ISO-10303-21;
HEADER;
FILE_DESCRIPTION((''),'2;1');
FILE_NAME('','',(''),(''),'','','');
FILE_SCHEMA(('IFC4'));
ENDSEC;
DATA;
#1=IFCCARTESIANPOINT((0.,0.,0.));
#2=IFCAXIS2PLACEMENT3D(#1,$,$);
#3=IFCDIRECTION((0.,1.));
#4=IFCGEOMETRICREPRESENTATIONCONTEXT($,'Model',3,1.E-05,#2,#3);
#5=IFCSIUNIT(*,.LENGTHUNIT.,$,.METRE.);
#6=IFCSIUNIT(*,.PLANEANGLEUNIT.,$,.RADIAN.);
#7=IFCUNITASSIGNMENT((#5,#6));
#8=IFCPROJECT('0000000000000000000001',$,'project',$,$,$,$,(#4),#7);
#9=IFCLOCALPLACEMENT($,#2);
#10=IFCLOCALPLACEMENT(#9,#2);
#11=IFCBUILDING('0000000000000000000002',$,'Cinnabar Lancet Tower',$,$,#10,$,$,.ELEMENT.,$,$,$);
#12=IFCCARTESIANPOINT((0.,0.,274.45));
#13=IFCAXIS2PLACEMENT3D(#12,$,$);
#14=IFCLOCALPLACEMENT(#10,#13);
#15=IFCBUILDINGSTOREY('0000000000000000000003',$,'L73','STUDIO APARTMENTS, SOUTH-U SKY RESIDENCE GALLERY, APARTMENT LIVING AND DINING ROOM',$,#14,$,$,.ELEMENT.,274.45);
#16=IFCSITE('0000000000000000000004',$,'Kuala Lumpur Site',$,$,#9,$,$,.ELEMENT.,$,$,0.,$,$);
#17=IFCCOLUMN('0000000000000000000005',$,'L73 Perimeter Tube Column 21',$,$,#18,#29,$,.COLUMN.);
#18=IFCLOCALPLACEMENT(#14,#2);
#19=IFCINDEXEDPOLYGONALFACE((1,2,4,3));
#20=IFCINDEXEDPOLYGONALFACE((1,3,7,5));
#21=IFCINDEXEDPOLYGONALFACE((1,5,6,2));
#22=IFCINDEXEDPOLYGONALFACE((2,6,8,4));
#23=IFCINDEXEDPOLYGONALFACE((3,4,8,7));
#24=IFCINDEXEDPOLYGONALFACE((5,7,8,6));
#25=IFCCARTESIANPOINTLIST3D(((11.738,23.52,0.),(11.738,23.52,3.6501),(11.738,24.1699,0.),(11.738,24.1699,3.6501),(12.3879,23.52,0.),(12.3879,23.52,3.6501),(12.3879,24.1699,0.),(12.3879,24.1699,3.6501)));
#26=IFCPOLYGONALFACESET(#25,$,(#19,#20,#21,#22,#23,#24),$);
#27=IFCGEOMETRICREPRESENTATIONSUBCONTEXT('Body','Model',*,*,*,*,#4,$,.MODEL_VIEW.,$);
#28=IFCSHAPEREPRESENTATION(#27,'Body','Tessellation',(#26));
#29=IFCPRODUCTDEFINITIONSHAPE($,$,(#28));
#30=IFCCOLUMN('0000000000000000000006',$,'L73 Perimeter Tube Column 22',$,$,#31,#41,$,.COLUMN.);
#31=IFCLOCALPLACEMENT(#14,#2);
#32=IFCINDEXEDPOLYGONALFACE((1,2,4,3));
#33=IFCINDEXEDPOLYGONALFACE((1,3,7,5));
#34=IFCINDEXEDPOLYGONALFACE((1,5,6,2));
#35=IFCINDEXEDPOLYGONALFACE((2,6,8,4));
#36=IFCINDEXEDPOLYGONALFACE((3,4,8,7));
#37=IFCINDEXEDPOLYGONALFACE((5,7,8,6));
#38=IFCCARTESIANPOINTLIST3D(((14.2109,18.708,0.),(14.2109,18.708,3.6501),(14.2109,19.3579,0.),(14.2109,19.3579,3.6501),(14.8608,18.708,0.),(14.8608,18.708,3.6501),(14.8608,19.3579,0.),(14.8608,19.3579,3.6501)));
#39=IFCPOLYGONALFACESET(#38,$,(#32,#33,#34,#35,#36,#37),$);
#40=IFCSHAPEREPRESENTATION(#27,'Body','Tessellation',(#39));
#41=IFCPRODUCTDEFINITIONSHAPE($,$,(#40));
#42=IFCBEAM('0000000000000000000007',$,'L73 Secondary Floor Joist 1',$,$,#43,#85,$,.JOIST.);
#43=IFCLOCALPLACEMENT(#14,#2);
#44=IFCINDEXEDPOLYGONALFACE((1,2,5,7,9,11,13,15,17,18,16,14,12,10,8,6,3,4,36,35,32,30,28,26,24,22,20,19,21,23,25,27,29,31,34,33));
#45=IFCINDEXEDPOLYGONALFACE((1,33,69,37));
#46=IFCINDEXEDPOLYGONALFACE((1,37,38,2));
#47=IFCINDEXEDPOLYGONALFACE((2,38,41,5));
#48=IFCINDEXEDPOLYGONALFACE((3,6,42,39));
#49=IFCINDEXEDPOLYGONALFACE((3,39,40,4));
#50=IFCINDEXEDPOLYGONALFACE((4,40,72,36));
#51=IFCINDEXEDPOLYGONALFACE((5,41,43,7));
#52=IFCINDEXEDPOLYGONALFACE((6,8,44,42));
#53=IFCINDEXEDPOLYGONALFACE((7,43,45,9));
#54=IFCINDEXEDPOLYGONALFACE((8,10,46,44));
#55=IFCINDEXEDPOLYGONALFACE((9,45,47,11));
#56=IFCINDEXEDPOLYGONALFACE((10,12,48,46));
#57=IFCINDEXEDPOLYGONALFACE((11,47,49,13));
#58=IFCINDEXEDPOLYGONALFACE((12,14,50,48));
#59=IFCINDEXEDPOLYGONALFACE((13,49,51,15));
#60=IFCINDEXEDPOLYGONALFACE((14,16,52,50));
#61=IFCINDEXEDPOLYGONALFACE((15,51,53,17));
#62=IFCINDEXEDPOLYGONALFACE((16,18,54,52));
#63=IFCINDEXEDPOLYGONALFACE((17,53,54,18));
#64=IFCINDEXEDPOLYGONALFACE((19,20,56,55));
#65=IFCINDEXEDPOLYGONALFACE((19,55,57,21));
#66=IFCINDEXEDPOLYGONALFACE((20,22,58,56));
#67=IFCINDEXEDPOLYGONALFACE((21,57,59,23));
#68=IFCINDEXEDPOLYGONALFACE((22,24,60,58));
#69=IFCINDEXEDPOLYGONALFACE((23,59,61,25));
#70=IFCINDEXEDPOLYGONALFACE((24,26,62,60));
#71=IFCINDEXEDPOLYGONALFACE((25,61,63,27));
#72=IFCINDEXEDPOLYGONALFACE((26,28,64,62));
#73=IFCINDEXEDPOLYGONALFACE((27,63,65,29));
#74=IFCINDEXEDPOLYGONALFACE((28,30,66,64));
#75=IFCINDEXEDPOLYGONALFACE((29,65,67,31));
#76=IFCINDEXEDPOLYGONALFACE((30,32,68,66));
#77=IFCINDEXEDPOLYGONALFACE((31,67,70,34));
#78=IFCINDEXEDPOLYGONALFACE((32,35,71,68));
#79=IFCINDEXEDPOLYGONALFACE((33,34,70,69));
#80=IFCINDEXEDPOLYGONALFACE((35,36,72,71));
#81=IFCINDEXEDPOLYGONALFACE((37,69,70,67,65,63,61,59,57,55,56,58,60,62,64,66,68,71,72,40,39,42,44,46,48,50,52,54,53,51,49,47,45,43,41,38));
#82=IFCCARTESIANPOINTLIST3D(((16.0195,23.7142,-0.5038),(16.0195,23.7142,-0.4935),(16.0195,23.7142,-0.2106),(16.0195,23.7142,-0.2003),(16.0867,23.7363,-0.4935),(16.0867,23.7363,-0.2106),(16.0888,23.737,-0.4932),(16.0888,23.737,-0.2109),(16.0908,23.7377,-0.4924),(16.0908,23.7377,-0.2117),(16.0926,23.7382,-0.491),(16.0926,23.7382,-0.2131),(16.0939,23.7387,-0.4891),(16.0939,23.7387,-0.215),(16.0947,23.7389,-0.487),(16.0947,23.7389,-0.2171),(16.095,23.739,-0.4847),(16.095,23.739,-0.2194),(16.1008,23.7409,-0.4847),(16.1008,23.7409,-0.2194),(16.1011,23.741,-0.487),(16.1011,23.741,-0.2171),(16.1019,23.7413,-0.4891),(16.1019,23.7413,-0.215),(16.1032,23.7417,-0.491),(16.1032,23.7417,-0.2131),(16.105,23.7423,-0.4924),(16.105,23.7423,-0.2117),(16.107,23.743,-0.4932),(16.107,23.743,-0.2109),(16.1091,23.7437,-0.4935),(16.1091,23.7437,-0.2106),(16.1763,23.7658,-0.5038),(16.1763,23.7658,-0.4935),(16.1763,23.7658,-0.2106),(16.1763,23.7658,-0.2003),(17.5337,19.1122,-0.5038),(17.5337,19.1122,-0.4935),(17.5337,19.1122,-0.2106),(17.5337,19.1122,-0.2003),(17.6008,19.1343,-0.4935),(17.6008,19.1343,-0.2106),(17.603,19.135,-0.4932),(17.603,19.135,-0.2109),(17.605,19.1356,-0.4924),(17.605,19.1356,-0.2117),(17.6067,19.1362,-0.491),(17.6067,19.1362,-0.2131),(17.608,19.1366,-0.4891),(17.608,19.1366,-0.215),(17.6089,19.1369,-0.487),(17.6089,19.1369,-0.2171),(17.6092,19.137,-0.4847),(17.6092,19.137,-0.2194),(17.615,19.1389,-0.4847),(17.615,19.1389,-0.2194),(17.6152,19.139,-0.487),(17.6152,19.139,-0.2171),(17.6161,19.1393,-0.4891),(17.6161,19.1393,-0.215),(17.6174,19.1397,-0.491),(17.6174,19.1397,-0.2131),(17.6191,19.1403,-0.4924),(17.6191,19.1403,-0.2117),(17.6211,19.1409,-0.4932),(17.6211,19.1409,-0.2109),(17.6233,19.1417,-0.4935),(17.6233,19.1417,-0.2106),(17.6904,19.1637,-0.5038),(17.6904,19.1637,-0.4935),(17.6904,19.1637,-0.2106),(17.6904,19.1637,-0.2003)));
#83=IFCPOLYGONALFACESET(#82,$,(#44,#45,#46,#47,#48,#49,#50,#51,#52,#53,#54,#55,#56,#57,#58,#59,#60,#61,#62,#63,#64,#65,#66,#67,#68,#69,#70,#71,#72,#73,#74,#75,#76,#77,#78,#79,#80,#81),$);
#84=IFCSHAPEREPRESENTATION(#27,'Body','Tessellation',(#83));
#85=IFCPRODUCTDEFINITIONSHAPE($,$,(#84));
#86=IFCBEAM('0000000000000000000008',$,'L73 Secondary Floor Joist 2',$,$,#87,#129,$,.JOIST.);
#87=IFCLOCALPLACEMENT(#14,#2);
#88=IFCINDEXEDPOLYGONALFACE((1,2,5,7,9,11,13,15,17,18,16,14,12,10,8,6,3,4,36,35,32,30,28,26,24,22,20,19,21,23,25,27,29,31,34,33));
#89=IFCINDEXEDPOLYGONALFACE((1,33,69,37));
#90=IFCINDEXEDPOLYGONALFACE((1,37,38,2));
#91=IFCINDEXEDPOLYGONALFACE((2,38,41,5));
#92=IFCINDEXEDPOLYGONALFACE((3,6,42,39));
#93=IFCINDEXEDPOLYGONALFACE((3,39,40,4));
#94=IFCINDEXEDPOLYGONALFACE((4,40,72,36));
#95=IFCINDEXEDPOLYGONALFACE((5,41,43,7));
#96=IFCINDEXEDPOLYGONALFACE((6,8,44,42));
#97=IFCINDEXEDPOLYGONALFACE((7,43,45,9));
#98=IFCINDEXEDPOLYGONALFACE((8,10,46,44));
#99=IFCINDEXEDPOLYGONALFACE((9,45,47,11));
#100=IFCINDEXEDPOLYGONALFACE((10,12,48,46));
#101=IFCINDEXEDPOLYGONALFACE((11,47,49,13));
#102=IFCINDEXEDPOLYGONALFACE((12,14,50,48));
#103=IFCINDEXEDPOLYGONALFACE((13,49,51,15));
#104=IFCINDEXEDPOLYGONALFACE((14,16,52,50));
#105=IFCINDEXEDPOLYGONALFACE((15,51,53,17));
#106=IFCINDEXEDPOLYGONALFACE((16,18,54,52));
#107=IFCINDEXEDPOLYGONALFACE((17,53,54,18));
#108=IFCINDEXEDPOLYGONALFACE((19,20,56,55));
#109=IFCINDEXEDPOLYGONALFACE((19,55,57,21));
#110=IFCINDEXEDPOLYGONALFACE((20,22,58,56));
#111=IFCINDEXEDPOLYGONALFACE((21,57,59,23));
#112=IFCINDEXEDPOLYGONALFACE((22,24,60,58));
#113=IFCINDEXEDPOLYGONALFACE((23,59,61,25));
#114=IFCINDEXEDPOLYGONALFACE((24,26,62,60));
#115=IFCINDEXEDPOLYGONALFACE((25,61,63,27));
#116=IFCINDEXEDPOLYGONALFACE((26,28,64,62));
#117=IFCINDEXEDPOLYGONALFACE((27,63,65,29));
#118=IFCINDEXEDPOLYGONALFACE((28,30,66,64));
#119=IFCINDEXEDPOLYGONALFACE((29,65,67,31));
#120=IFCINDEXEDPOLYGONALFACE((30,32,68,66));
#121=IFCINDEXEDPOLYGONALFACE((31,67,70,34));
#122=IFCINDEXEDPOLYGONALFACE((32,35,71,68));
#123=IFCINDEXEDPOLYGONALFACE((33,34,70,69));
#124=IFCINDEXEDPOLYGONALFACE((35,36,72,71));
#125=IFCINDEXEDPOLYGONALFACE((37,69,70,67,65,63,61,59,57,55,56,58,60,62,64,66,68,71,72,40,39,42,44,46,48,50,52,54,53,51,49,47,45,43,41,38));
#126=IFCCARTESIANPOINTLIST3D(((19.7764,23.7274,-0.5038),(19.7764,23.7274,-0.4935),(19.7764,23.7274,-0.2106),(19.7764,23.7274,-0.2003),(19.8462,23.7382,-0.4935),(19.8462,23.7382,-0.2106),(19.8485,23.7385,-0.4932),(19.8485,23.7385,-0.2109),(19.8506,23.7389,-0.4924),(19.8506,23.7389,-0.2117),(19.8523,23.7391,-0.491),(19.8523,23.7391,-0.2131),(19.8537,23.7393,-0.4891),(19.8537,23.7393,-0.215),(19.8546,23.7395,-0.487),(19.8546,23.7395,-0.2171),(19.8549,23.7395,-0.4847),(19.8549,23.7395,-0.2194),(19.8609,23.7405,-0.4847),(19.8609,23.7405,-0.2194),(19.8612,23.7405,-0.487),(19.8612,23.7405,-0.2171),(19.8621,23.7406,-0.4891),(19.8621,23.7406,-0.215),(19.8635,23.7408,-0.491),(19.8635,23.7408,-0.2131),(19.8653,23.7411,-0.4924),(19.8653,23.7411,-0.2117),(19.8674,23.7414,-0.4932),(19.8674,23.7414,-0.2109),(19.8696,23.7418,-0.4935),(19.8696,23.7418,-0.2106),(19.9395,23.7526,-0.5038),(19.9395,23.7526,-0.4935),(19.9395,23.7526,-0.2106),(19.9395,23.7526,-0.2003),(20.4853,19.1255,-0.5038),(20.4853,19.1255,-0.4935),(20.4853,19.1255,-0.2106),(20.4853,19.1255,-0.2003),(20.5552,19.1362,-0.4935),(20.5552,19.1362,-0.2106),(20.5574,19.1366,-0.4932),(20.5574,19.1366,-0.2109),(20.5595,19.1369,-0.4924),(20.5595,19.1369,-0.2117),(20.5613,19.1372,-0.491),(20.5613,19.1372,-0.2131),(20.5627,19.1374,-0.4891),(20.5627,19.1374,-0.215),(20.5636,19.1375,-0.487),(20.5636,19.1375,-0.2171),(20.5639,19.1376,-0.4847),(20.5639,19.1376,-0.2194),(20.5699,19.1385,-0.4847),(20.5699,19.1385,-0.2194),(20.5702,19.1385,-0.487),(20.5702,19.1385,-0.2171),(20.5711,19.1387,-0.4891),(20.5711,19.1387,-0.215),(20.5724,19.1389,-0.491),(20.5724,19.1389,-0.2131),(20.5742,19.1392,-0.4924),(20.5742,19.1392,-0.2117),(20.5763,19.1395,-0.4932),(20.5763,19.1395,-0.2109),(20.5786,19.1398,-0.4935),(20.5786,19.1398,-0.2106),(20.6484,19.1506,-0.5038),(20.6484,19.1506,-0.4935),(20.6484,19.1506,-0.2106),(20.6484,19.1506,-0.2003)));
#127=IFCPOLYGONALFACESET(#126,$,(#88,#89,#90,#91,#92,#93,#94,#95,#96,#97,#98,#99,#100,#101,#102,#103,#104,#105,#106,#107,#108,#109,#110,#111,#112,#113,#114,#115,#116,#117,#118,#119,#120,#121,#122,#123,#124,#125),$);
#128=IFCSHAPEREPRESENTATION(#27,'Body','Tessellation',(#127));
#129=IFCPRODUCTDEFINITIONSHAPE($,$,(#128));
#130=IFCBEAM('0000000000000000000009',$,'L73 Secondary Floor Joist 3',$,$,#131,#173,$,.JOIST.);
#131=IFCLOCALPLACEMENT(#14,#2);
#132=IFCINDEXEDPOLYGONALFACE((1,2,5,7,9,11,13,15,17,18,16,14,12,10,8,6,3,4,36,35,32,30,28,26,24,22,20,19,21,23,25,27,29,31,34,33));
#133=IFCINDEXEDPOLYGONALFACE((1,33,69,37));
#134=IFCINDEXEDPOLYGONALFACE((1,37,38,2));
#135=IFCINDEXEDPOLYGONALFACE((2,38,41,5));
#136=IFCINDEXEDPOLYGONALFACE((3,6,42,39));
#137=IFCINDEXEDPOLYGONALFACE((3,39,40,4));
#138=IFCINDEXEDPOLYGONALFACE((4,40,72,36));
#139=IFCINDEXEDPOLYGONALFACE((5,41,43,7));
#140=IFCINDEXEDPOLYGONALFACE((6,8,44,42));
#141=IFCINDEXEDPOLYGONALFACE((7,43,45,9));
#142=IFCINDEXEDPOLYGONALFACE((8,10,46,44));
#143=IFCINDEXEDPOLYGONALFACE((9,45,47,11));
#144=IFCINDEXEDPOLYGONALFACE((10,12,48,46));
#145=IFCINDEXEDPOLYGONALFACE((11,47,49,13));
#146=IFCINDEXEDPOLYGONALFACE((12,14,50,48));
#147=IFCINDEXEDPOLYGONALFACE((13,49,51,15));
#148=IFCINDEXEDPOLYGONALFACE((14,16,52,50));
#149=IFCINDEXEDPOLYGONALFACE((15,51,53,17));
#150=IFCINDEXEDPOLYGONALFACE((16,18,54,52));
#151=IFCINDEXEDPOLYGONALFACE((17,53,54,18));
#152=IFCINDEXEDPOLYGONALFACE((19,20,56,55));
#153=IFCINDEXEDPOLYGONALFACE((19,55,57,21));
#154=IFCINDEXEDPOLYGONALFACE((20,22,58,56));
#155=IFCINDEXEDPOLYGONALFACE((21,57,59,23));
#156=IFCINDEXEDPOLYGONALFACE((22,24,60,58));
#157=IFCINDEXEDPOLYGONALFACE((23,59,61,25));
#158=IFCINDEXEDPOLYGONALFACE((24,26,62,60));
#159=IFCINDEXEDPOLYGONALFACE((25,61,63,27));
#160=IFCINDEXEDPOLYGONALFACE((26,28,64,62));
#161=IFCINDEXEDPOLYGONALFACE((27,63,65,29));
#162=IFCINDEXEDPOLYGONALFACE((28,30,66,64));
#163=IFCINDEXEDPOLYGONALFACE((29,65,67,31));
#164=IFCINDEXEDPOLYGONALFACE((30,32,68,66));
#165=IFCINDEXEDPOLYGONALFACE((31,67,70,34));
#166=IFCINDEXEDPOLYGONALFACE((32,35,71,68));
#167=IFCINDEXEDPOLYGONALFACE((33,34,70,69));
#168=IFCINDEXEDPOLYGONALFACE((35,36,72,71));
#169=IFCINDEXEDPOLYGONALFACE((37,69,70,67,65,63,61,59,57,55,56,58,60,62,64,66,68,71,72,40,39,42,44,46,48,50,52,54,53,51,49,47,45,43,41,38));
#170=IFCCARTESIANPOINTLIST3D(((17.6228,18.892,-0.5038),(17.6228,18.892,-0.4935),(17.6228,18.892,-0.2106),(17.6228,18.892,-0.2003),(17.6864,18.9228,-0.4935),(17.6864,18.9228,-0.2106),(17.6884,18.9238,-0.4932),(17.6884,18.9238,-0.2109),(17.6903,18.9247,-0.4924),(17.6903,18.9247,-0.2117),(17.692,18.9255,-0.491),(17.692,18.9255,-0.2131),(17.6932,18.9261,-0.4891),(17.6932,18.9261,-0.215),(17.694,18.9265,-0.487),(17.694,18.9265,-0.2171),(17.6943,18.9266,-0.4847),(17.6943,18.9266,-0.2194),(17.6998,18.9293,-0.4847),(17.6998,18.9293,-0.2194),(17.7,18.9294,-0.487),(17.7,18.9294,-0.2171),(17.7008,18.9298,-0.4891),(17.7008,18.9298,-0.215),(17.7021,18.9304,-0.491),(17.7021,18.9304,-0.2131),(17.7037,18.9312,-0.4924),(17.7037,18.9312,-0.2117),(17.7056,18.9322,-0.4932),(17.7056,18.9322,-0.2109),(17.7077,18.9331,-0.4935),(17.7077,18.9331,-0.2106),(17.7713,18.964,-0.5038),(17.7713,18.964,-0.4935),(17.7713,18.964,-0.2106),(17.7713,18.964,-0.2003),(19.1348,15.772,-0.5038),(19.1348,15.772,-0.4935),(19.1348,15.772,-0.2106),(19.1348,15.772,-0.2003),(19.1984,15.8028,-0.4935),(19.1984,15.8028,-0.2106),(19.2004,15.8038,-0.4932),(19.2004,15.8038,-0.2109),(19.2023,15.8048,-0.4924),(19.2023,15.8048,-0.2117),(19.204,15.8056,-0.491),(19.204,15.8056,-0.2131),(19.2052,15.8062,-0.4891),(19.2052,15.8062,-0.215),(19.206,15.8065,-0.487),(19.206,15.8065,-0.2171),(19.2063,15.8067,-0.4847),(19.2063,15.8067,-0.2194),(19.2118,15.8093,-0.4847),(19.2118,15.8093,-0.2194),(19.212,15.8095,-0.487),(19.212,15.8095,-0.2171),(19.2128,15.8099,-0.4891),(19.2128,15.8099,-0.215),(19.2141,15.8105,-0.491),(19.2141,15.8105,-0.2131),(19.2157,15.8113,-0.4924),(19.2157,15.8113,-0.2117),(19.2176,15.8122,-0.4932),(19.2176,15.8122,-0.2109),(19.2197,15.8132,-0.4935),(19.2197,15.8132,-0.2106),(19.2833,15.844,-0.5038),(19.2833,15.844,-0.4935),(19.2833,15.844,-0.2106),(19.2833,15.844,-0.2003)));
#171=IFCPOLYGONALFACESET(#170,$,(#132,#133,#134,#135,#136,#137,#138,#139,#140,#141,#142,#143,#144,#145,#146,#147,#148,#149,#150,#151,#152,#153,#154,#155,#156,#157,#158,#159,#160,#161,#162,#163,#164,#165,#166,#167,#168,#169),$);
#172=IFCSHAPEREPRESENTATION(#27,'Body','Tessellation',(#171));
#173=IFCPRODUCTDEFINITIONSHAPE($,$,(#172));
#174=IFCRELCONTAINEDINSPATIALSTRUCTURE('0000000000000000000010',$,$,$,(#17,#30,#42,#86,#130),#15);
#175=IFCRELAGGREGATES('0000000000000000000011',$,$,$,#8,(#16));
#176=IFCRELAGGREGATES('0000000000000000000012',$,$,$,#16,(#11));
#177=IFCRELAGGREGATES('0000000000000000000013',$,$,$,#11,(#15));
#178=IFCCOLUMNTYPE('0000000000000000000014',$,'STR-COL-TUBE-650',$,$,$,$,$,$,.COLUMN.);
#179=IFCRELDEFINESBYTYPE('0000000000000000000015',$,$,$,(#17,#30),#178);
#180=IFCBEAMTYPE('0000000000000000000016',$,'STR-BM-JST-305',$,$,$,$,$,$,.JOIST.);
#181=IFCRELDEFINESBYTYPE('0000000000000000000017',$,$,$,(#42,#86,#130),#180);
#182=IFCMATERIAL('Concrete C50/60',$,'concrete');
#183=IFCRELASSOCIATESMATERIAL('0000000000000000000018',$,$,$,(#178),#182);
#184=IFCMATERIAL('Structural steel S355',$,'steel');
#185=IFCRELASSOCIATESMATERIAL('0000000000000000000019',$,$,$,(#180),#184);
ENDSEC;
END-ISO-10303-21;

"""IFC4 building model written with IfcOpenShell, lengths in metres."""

from ifc_helpers import new_model, si_unit, direction, frame, origin, origin_2d, place, context, subcontext, project, spatial, rectangle, i_section, extrude, material, material_profile, profile_set, type_object, element, save


model = new_model("IFC4")

# Units and contexts
model_context = context("Model", 3, precision=1e-05, world=origin(), true_north=direction((0.0, 1.0)))
body_context = subcontext(model_context, "Body", "Model", "MODEL_VIEW")
ifc_project = project(units=[si_unit("LENGTHUNIT", "METRE"), si_unit("PLANEANGLEUNIT", "RADIAN")], contexts=[model_context])

# Site, building, storey
site_placement = place(None, origin())
site = spatial("IfcSite", under=ifc_project, at=site_placement, Name="Kuala Lumpur Site", CompositionType="ELEMENT", RefElevation=0.0)
building_placement = place(site_placement, origin())
building = spatial("IfcBuilding", under=site, at=building_placement, Name="Cinnabar Lancet Tower", CompositionType="ELEMENT")
storey_placement = place(building_placement, frame((0.0, 0.0, 274.45)))
storey = spatial("IfcBuildingStorey", under=building, at=storey_placement, Name="L73", Description="STUDIO APARTMENTS, SOUTH-U SKY RESIDENCE GALLERY, APARTMENT LIVING AND DINING ROOM", CompositionType="ELEMENT", Elevation=274.45)

# Columns
ifc_material_1 = material(Name="Concrete C50/60", Category="concrete")
ifc_material_profile_1 = material_profile(ifc_material_1, rectangle(XDim=0.6499, YDim=0.6499, at=origin_2d()), Name="RC-COL 650x650")
ifc_profile_set_1 = profile_set([ifc_material_profile_1], Name="Concrete C50/60")
column_type = type_object("IfcColumnType", Name="STR-COL-TUBE-650", PredefinedType="COLUMN", material=ifc_profile_set_1)
for number, where, z_axis, x_axis, name in (
    (1, (12.063, 23.845, 0.0), (0.0, 0.0, 1.0), (1.0, 0.0, 0.0), "L73 Perimeter Tube Column 21"),
    (2, (14.5359, 19.033, 0.0), (0.0, 0.0, 1.0), (1.0, 0.0, 0.0), "L73 Perimeter Tube Column 22"),
):
    element("IfcColumn", number, at=place(storey_placement, frame(where, z_axis=z_axis, x_axis=x_axis)), inside=storey, type_object=column_type, Name=name, PredefinedType="COLUMN", context=body_context, shape_type="SweptSolid", body=[
        extrude(rectangle(XDim=0.6499, YDim=0.6499, at=origin_2d()), origin(), (0.0, 0.0, 1.0), 3.6501),
    ])

# Beams
ifc_material_2 = material(Name="Structural steel S355", Category="steel")
ifc_material_profile_2 = material_profile(ifc_material_2, i_section(OverallWidth=0.165, OverallDepth=0.3035, WebThickness=0.0061, FlangeThickness=0.0103, FilletRadius=0.0088, at=origin_2d()), Name="UKB 305x165x40")
ifc_profile_set_2 = profile_set([ifc_material_profile_2], Name="Structural steel S355")
beam_type_1 = type_object("IfcBeamType", Name="STR-BM-JST-305", PredefinedType="JOIST", material=ifc_profile_set_2)
beam_1_placement = place(storey_placement, frame((16.0979, 23.74, -0.3521), z_axis=(0.312537, -0.949906, 0.0), x_axis=(0.949906, 0.312537, 0.0)))
element("IfcBeam", 3, at=beam_1_placement, inside=storey, type_object=beam_type_1, Name="L73 Secondary Floor Joist 1", PredefinedType="JOIST", context=body_context, shape_type="SweptSolid", body=[
    extrude(i_section(OverallWidth=0.165, OverallDepth=0.3035, WebThickness=0.0061, FlangeThickness=0.0103, FilletRadius=0.0088, at=origin_2d()), origin(), (0.0, 0.0, 1.0), 4.8447),
])
beam_2_placement = place(storey_placement, frame((19.8579, 23.74, -0.3521), z_axis=(0.152262, -0.98834, 0.0), x_axis=(0.98834, 0.152262, 0.0)))
element("IfcBeam", 4, at=beam_2_placement, inside=storey, type_object=beam_type_1, Name="L73 Secondary Floor Joist 2", PredefinedType="JOIST", context=body_context, shape_type="SweptSolid", body=[
    extrude(i_section(OverallWidth=0.165, OverallDepth=0.3035, WebThickness=0.0061, FlangeThickness=0.0103, FilletRadius=0.0088, at=origin_2d()), origin(), (0.0, 0.0, 1.0), 4.6562),
])
beam_3_placement = place(storey_placement, frame((17.697, 18.928, -0.3521), z_axis=(0.436109, -0.899894, 0.0), x_axis=(0.899894, 0.436109, 0.0)))
element("IfcBeam", 5, at=beam_3_placement, inside=storey, type_object=beam_type_1, Name="L73 Secondary Floor Joist 3", PredefinedType="JOIST", context=body_context, shape_type="SweptSolid", body=[
    extrude(i_section(OverallWidth=0.165, OverallDepth=0.3035, WebThickness=0.0061, FlangeThickness=0.0103, FilletRadius=0.0088, at=origin_2d()), origin(), (0.0, 0.0, 1.0), 3.467),
])

save(model, "model.ifc")
